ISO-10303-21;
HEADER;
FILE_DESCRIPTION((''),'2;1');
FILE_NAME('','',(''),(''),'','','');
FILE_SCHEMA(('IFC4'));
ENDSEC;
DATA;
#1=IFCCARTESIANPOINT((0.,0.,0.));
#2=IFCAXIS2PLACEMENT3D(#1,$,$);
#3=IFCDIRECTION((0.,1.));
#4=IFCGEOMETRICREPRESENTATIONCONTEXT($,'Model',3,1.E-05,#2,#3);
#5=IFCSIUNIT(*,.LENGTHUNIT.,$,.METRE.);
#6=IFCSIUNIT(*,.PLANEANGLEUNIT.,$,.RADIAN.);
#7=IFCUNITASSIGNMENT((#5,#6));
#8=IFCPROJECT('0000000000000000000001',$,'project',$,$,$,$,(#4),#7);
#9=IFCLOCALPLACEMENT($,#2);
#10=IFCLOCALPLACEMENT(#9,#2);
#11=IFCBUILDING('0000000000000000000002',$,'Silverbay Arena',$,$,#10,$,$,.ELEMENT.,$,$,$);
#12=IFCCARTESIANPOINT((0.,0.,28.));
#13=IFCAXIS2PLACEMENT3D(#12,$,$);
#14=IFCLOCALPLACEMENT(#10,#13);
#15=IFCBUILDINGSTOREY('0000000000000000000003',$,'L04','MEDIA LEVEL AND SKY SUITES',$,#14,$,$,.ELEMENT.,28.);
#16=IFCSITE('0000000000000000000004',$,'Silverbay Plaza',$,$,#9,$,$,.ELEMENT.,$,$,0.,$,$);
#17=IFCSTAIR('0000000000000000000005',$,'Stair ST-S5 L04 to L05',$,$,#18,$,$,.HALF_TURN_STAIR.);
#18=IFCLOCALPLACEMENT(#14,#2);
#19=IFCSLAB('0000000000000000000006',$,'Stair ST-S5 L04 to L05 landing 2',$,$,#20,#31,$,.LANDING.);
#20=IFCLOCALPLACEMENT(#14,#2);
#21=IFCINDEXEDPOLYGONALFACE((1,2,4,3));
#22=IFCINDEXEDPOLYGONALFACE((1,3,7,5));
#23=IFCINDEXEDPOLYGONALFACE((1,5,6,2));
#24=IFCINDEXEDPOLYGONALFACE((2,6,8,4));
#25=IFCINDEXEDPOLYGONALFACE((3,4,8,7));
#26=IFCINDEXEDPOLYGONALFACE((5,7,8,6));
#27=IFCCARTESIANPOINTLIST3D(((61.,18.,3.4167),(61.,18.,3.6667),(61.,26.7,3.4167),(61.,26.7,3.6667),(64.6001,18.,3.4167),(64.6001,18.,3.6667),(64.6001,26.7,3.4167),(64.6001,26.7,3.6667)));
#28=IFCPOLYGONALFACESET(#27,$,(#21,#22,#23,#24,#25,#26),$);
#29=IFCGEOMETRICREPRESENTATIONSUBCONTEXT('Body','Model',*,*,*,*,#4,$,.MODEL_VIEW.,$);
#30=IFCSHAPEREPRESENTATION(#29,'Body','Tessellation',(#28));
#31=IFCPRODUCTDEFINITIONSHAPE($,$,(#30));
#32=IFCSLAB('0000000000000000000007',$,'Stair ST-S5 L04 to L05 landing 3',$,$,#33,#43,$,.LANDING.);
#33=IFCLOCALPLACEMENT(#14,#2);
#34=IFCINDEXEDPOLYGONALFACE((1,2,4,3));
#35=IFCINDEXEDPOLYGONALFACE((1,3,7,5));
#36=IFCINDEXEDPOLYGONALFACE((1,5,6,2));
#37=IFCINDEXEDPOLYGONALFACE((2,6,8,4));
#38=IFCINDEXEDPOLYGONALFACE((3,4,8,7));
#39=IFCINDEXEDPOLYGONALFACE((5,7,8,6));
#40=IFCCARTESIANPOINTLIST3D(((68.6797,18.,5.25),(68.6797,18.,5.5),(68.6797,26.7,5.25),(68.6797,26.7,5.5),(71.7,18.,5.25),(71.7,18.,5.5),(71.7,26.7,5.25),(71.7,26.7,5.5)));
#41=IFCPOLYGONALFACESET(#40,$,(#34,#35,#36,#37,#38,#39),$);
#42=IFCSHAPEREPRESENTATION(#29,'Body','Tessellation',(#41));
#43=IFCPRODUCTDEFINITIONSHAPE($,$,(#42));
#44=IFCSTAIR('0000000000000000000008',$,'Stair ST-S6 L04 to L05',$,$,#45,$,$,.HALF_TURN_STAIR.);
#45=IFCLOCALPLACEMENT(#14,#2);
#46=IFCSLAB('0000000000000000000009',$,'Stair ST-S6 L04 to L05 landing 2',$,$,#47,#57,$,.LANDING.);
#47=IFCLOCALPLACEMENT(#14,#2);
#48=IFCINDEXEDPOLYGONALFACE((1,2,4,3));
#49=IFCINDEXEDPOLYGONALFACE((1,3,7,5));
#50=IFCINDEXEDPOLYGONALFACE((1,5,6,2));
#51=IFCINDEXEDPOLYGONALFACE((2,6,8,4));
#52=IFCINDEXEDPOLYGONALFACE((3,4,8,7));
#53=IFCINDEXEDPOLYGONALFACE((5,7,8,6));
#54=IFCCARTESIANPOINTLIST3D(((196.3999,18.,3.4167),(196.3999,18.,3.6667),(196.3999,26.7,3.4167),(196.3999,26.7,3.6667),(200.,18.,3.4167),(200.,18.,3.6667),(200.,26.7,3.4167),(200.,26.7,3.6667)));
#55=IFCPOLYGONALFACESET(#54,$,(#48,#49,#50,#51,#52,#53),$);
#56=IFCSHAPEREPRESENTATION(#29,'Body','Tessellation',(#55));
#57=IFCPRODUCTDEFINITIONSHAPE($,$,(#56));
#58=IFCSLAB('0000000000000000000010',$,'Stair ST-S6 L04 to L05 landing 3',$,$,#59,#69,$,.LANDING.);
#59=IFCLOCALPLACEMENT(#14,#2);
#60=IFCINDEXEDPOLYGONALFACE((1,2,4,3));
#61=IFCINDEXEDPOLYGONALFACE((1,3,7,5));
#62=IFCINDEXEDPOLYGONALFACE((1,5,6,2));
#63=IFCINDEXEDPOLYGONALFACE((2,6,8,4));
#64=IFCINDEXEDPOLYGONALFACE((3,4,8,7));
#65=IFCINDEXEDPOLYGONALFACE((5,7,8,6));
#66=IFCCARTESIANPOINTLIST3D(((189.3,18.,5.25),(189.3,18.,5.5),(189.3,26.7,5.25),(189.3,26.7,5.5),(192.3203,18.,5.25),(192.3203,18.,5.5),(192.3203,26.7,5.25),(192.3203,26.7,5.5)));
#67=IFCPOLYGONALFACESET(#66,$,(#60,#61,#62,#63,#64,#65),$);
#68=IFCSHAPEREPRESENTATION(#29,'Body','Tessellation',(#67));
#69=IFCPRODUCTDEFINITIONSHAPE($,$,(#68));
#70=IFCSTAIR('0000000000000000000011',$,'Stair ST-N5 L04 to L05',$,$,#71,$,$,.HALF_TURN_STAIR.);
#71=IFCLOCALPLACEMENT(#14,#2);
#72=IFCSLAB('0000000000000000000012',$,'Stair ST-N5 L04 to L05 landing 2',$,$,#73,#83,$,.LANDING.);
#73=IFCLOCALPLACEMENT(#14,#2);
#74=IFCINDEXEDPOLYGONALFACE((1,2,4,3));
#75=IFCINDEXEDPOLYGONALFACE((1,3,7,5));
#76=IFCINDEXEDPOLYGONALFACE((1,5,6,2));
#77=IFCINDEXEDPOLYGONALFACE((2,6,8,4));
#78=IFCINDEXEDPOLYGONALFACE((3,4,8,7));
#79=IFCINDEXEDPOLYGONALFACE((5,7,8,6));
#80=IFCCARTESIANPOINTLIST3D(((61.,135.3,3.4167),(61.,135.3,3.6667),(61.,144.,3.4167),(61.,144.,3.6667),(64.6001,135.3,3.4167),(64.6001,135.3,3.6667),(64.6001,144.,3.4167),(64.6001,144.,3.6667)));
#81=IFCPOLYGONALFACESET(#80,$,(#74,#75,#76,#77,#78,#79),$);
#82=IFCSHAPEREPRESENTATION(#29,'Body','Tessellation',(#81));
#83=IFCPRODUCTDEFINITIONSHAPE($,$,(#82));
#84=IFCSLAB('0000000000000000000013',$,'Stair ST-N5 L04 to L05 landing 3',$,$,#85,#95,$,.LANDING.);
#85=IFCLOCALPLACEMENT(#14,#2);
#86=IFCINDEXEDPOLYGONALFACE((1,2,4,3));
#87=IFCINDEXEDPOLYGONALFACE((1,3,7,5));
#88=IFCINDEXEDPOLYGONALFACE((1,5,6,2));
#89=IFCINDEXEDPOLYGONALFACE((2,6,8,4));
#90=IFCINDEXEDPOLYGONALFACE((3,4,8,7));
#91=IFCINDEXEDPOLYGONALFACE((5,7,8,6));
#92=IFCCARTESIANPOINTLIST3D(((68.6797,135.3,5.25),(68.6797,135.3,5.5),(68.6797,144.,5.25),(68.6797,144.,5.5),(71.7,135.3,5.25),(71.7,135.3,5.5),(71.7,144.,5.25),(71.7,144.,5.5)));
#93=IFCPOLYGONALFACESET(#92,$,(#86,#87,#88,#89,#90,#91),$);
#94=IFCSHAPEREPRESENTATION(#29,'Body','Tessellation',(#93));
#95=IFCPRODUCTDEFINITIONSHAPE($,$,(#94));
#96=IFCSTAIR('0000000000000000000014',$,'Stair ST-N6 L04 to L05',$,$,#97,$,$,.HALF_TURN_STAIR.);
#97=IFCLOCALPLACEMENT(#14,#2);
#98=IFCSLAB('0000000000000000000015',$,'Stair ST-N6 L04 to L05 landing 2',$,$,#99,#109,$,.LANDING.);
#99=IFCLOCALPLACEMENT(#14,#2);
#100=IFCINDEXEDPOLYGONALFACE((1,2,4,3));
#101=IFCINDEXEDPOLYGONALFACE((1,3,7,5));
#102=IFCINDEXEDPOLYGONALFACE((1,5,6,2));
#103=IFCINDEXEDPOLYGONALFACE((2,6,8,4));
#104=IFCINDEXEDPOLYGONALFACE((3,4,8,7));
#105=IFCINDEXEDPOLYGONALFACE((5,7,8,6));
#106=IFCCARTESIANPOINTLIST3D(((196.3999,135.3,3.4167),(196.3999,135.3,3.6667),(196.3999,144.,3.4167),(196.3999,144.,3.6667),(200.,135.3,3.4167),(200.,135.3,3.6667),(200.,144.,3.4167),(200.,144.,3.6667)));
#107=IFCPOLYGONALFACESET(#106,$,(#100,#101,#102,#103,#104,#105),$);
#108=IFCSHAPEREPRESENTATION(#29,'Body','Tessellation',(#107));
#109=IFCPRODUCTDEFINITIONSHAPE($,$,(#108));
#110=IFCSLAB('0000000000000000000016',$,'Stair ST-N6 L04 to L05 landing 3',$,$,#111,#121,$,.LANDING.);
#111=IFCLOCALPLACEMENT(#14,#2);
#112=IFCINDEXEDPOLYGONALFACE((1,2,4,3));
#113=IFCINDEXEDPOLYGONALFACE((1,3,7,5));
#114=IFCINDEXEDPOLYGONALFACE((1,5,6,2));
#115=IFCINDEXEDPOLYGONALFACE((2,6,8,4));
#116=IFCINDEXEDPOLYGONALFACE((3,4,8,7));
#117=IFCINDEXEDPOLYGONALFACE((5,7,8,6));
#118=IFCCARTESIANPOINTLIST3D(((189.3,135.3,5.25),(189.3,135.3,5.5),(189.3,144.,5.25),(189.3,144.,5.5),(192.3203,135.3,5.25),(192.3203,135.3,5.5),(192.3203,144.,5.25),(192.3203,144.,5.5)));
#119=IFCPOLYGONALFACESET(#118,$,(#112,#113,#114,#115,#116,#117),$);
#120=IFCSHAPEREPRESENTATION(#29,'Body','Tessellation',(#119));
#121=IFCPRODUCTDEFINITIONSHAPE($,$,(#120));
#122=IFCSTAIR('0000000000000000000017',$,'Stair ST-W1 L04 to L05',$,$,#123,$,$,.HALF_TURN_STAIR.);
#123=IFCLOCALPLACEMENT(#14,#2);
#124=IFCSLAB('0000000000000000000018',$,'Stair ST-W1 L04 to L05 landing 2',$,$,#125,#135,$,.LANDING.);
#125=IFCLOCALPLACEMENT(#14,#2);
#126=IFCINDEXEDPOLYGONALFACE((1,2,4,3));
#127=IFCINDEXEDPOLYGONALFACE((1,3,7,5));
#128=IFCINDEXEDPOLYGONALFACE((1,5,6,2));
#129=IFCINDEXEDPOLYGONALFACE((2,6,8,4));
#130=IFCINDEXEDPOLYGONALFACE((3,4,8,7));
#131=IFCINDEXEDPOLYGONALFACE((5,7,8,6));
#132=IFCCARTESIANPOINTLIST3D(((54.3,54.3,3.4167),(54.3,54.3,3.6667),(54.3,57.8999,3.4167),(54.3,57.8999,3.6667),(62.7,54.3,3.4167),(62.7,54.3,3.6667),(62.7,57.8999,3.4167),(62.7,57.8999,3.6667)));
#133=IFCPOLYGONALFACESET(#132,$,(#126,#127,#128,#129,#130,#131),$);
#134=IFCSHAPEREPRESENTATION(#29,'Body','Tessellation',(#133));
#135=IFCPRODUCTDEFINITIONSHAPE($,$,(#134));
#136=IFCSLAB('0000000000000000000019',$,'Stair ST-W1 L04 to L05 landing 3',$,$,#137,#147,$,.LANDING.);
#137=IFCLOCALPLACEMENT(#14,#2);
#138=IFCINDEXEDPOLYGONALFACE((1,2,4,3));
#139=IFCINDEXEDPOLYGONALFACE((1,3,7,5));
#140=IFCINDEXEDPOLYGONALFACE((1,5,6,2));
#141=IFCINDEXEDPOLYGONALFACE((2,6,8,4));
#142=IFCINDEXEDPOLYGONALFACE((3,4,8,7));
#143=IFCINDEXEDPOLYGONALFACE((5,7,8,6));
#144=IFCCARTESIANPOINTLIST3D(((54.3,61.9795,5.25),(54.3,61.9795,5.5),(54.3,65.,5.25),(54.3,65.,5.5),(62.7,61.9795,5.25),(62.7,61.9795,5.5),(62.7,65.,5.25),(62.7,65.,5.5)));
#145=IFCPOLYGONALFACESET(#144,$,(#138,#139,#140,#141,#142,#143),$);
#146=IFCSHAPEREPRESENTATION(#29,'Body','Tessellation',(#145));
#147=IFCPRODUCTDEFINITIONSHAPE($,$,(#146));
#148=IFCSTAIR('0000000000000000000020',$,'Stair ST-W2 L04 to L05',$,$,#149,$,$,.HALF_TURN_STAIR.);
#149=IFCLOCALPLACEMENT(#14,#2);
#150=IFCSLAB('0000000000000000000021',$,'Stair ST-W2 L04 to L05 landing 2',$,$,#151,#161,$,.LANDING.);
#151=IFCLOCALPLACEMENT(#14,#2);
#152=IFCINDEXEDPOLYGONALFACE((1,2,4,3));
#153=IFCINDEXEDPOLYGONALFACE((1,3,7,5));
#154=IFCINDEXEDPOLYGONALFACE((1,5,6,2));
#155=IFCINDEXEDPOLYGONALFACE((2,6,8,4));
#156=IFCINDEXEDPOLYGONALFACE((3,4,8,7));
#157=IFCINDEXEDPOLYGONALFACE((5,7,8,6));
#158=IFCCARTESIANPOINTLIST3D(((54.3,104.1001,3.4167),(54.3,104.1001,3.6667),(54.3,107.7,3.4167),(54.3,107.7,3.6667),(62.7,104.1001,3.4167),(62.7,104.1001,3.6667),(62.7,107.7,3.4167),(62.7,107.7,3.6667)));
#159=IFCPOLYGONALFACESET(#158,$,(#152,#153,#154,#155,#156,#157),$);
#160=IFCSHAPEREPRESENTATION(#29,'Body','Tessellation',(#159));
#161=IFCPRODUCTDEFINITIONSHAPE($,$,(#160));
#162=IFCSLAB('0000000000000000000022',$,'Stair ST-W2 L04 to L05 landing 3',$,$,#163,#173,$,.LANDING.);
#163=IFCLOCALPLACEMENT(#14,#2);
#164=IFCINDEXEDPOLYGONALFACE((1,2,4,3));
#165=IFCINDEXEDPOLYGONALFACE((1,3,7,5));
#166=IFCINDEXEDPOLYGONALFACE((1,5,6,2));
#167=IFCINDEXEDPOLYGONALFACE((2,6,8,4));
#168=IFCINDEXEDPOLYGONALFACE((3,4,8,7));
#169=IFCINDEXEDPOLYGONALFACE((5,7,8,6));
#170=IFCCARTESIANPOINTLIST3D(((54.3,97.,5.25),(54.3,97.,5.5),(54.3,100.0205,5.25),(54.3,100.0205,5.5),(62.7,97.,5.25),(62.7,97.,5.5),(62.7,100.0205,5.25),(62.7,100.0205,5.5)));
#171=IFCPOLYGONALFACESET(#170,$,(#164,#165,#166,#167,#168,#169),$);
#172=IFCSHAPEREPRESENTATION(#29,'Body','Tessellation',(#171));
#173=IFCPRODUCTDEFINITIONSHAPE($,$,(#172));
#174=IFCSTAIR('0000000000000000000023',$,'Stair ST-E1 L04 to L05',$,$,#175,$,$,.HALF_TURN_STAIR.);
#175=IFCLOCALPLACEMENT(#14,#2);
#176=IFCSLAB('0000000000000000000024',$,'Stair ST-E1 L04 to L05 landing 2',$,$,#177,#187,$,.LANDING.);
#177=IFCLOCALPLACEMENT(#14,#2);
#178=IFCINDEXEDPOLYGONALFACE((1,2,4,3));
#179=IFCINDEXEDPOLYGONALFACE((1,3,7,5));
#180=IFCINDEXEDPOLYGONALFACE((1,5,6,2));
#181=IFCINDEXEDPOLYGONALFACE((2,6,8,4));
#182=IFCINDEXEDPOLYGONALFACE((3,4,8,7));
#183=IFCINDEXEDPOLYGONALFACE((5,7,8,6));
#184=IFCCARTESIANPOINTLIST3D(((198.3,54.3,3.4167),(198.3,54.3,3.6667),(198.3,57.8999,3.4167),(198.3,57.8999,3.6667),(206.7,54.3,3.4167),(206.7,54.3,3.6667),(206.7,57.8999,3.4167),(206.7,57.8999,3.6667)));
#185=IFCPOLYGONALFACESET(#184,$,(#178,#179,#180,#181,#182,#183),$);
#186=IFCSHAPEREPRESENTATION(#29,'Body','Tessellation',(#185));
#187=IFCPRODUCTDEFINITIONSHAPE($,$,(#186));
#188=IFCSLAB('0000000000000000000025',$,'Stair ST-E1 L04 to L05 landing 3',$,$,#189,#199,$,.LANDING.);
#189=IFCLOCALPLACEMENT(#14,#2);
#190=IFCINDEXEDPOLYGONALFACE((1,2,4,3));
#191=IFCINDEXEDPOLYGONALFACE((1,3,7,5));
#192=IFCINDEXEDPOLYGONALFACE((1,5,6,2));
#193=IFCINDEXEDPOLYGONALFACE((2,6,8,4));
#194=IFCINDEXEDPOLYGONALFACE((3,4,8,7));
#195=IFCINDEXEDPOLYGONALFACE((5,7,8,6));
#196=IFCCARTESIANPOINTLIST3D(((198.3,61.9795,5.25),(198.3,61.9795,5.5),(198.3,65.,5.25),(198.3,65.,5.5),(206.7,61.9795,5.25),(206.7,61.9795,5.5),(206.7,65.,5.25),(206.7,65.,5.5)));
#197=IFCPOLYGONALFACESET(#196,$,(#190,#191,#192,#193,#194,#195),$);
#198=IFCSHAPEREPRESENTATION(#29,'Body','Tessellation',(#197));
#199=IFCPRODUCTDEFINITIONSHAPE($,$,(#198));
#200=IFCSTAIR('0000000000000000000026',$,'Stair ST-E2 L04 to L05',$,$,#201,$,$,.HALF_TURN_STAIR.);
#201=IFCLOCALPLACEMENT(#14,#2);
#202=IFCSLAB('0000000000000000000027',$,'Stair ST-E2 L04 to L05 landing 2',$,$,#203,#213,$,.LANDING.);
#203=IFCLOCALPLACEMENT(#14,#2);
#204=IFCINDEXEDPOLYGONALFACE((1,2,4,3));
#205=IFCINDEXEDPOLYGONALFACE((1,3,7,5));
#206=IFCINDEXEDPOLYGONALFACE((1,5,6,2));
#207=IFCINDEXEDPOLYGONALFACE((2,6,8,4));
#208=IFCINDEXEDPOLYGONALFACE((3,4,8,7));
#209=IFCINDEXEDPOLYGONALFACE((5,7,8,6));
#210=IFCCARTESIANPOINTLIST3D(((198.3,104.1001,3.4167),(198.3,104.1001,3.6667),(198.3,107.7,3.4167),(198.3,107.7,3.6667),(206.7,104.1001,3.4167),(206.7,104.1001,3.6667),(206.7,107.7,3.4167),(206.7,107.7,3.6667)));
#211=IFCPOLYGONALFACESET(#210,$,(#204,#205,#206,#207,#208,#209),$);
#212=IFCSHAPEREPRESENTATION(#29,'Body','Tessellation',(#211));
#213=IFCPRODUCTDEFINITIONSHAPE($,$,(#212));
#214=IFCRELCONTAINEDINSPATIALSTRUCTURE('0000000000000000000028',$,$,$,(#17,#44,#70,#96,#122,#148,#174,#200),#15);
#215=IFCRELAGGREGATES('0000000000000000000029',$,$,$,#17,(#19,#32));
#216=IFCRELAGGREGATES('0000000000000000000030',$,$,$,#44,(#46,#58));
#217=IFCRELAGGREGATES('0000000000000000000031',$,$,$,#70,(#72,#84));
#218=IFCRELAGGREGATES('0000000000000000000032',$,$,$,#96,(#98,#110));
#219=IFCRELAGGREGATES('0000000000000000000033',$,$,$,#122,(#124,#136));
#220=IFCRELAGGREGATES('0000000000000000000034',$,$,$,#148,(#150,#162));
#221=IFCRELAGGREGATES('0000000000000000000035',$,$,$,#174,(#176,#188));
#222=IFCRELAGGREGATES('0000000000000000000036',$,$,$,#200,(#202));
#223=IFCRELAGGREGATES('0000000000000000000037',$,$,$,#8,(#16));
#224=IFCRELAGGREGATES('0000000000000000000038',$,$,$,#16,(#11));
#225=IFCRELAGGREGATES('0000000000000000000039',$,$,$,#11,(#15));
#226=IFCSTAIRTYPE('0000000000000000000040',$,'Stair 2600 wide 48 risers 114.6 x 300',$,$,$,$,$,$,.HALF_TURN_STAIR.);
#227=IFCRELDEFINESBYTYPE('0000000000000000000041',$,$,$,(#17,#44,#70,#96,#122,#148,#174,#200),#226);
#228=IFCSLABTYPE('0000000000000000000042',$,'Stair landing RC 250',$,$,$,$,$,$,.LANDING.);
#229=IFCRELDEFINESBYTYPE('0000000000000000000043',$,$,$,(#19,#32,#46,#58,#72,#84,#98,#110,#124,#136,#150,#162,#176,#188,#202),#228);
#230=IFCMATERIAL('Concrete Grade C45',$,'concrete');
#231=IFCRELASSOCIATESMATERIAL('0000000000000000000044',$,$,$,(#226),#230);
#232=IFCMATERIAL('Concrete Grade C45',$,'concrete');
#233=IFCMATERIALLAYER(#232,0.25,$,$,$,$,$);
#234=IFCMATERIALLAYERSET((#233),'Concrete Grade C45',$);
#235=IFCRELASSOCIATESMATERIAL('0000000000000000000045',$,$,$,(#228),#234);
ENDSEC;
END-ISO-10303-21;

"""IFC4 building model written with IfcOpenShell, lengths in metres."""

from ifc_helpers import new_model, si_unit, direction, frame, origin, place, context, subcontext, project, spatial, polyline, outline, extrude, material, layer, layer_set, type_object, element, aggregate, save


model = new_model("IFC4")

# Units and contexts
model_context = context("Model", 3, precision=1e-05, world=origin(), true_north=direction((0.0, 1.0)))
body_context = subcontext(model_context, "Body", "Model", "MODEL_VIEW")
ifc_project = project(units=[si_unit("LENGTHUNIT", "METRE"), si_unit("PLANEANGLEUNIT", "RADIAN")], contexts=[model_context])

# Site, building, storey
site_placement = place(None, origin())
site = spatial("IfcSite", under=ifc_project, at=site_placement, Name="Silverbay Plaza", CompositionType="ELEMENT", RefElevation=0.0)
building_placement = place(site_placement, origin())
building = spatial("IfcBuilding", under=site, at=building_placement, Name="Silverbay Arena", CompositionType="ELEMENT")
storey_placement = place(building_placement, frame((0.0, 0.0, 28.0)))
storey = spatial("IfcBuildingStorey", under=building, at=storey_placement, Name="L04", Description="MEDIA LEVEL AND SKY SUITES", CompositionType="ELEMENT", Elevation=28.0)

# Shared definitions
ifc_material_1 = material(Name="Concrete Grade C45", Category="concrete")
stair_type = type_object("IfcStairType", Name="Stair 2600 wide 48 risers 114.6 x 300", PredefinedType="HALF_TURN_STAIR", material=ifc_material_1)
ifc_material_2 = material(Name="Concrete Grade C45", Category="concrete")
ifc_layer = layer(ifc_material_2, 0.25)
ifc_layer_set = layer_set([ifc_layer], Name="Concrete Grade C45")
slab_type = type_object("IfcSlabType", Name="Stair landing RC 250", PredefinedType="LANDING", material=ifc_layer_set)

# Stairs, slabs
stair_1_placement = place(storey_placement, origin())
stair_1 = element("IfcStair", 1, at=stair_1_placement, inside=storey, type_object=stair_type, Name="Stair ST-S5 L04 to L05", PredefinedType="HALF_TURN_STAIR")
slab_1_placement = place(storey_placement, frame((0.0, 0.0, 3.4167)))
slab_1 = element("IfcSlab", 2, at=slab_1_placement, type_object=slab_type, Name="Stair ST-S5 L04 to L05 landing 2", PredefinedType="LANDING", context=body_context, shape_type="SweptSolid", body=[
    extrude(outline(polyline([(61.0, 26.7), (64.6001, 26.7), (64.6001, 18.0), (61.0, 18.0), (61.0, 26.7)])), origin(), (0.0, 0.0, 1.0), 0.25),
])
slab_2_placement = place(storey_placement, frame((0.0, 0.0, 5.25)))
slab_2 = element("IfcSlab", 3, at=slab_2_placement, type_object=slab_type, Name="Stair ST-S5 L04 to L05 landing 3", PredefinedType="LANDING", context=body_context, shape_type="SweptSolid", body=[
    extrude(outline(polyline([(68.6797, 26.7), (71.7, 26.7), (71.7, 18.0), (68.6797, 18.0), (68.6797, 26.7)])), origin(), (0.0, 0.0, 1.0), 0.25),
])
aggregate(stair_1, [slab_1, slab_2])
stair_2_placement = place(storey_placement, origin())
stair_2 = element("IfcStair", 4, at=stair_2_placement, inside=storey, type_object=stair_type, Name="Stair ST-S6 L04 to L05", PredefinedType="HALF_TURN_STAIR")
slab_3_placement = place(storey_placement, frame((0.0, 0.0, 3.4167)))
slab_3 = element("IfcSlab", 5, at=slab_3_placement, type_object=slab_type, Name="Stair ST-S6 L04 to L05 landing 2", PredefinedType="LANDING", context=body_context, shape_type="SweptSolid", body=[
    extrude(outline(polyline([(200.0, 26.7), (196.3999, 26.7), (196.3999, 18.0), (200.0, 18.0), (200.0, 26.7)])), origin(), (0.0, 0.0, 1.0), 0.25),
])
slab_4_placement = place(storey_placement, frame((0.0, 0.0, 5.25)))
slab_4 = element("IfcSlab", 6, at=slab_4_placement, type_object=slab_type, Name="Stair ST-S6 L04 to L05 landing 3", PredefinedType="LANDING", context=body_context, shape_type="SweptSolid", body=[
    extrude(outline(polyline([(192.3203, 26.7), (189.3, 26.7), (189.3, 18.0), (192.3203, 18.0), (192.3203, 26.7)])), origin(), (0.0, 0.0, 1.0), 0.25),
])
aggregate(stair_2, [slab_3, slab_4])
stair_3_placement = place(storey_placement, origin())
stair_3 = element("IfcStair", 7, at=stair_3_placement, inside=storey, type_object=stair_type, Name="Stair ST-N5 L04 to L05", PredefinedType="HALF_TURN_STAIR")
slab_5_placement = place(storey_placement, frame((0.0, 0.0, 3.4167)))
slab_5 = element("IfcSlab", 8, at=slab_5_placement, type_object=slab_type, Name="Stair ST-N5 L04 to L05 landing 2", PredefinedType="LANDING", context=body_context, shape_type="SweptSolid", body=[
    extrude(outline(polyline([(61.0, 135.3), (64.6001, 135.3), (64.6001, 144.0), (61.0, 144.0), (61.0, 135.3)])), origin(), (0.0, 0.0, 1.0), 0.25),
])
slab_6_placement = place(storey_placement, frame((0.0, 0.0, 5.25)))
slab_6 = element("IfcSlab", 9, at=slab_6_placement, type_object=slab_type, Name="Stair ST-N5 L04 to L05 landing 3", PredefinedType="LANDING", context=body_context, shape_type="SweptSolid", body=[
    extrude(outline(polyline([(68.6797, 135.3), (71.7, 135.3), (71.7, 144.0), (68.6797, 144.0), (68.6797, 135.3)])), origin(), (0.0, 0.0, 1.0), 0.25),
])
aggregate(stair_3, [slab_5, slab_6])
stair_4_placement = place(storey_placement, origin())
stair_4 = element("IfcStair", 10, at=stair_4_placement, inside=storey, type_object=stair_type, Name="Stair ST-N6 L04 to L05", PredefinedType="HALF_TURN_STAIR")
slab_7_placement = place(storey_placement, frame((0.0, 0.0, 3.4167)))
slab_7 = element("IfcSlab", 11, at=slab_7_placement, type_object=slab_type, Name="Stair ST-N6 L04 to L05 landing 2", PredefinedType="LANDING", context=body_context, shape_type="SweptSolid", body=[
    extrude(outline(polyline([(200.0, 135.3), (196.3999, 135.3), (196.3999, 144.0), (200.0, 144.0), (200.0, 135.3)])), origin(), (0.0, 0.0, 1.0), 0.25),
])
slab_8_placement = place(storey_placement, frame((0.0, 0.0, 5.25)))
slab_8 = element("IfcSlab", 12, at=slab_8_placement, type_object=slab_type, Name="Stair ST-N6 L04 to L05 landing 3", PredefinedType="LANDING", context=body_context, shape_type="SweptSolid", body=[
    extrude(outline(polyline([(192.3203, 135.3), (189.3, 135.3), (189.3, 144.0), (192.3203, 144.0), (192.3203, 135.3)])), origin(), (0.0, 0.0, 1.0), 0.25),
])
aggregate(stair_4, [slab_7, slab_8])
stair_5_placement = place(storey_placement, origin())
stair_5 = element("IfcStair", 13, at=stair_5_placement, inside=storey, type_object=stair_type, Name="Stair ST-W1 L04 to L05", PredefinedType="HALF_TURN_STAIR")
slab_9_placement = place(storey_placement, frame((0.0, 0.0, 3.4167)))
slab_9 = element("IfcSlab", 14, at=slab_9_placement, type_object=slab_type, Name="Stair ST-W1 L04 to L05 landing 2", PredefinedType="LANDING", context=body_context, shape_type="SweptSolid", body=[
    extrude(outline(polyline([(62.7, 54.3), (62.7, 57.8999), (54.3, 57.8999), (54.3, 54.3), (62.7, 54.3)])), origin(), (0.0, 0.0, 1.0), 0.25),
])
slab_10_placement = place(storey_placement, frame((0.0, 0.0, 5.25)))
slab_10 = element("IfcSlab", 15, at=slab_10_placement, type_object=slab_type, Name="Stair ST-W1 L04 to L05 landing 3", PredefinedType="LANDING", context=body_context, shape_type="SweptSolid", body=[
    extrude(outline(polyline([(62.7, 61.9795), (62.7, 65.0), (54.3, 65.0), (54.3, 61.9795), (62.7, 61.9795)])), origin(), (0.0, 0.0, 1.0), 0.25),
])
aggregate(stair_5, [slab_9, slab_10])
stair_6_placement = place(storey_placement, origin())
stair_6 = element("IfcStair", 16, at=stair_6_placement, inside=storey, type_object=stair_type, Name="Stair ST-W2 L04 to L05", PredefinedType="HALF_TURN_STAIR")
slab_11_placement = place(storey_placement, frame((0.0, 0.0, 3.4167)))
slab_11 = element("IfcSlab", 17, at=slab_11_placement, type_object=slab_type, Name="Stair ST-W2 L04 to L05 landing 2", PredefinedType="LANDING", context=body_context, shape_type="SweptSolid", body=[
    extrude(outline(polyline([(62.7, 107.7), (62.7, 104.1001), (54.3, 104.1001), (54.3, 107.7), (62.7, 107.7)])), origin(), (0.0, 0.0, 1.0), 0.25),
])
slab_12_placement = place(storey_placement, frame((0.0, 0.0, 5.25)))
slab_12 = element("IfcSlab", 18, at=slab_12_placement, type_object=slab_type, Name="Stair ST-W2 L04 to L05 landing 3", PredefinedType="LANDING", context=body_context, shape_type="SweptSolid", body=[
    extrude(outline(polyline([(62.7, 100.0205), (62.7, 97.0), (54.3, 97.0), (54.3, 100.0205), (62.7, 100.0205)])), origin(), (0.0, 0.0, 1.0), 0.25),
])
aggregate(stair_6, [slab_11, slab_12])
stair_7_placement = place(storey_placement, origin())
stair_7 = element("IfcStair", 19, at=stair_7_placement, inside=storey, type_object=stair_type, Name="Stair ST-E1 L04 to L05", PredefinedType="HALF_TURN_STAIR")
slab_13_placement = place(storey_placement, frame((0.0, 0.0, 3.4167)))
slab_13 = element("IfcSlab", 20, at=slab_13_placement, type_object=slab_type, Name="Stair ST-E1 L04 to L05 landing 2", PredefinedType="LANDING", context=body_context, shape_type="SweptSolid", body=[
    extrude(outline(polyline([(198.3, 54.3), (198.3, 57.8999), (206.7, 57.8999), (206.7, 54.3), (198.3, 54.3)])), origin(), (0.0, 0.0, 1.0), 0.25),
])
slab_14_placement = place(storey_placement, frame((0.0, 0.0, 5.25)))
slab_14 = element("IfcSlab", 21, at=slab_14_placement, type_object=slab_type, Name="Stair ST-E1 L04 to L05 landing 3", PredefinedType="LANDING", context=body_context, shape_type="SweptSolid", body=[
    extrude(outline(polyline([(198.3, 61.9795), (198.3, 65.0), (206.7, 65.0), (206.7, 61.9795), (198.3, 61.9795)])), origin(), (0.0, 0.0, 1.0), 0.25),
])
aggregate(stair_7, [slab_13, slab_14])
stair_8_placement = place(storey_placement, origin())
stair_8 = element("IfcStair", 22, at=stair_8_placement, inside=storey, type_object=stair_type, Name="Stair ST-E2 L04 to L05", PredefinedType="HALF_TURN_STAIR")
slab_15_placement = place(storey_placement, frame((0.0, 0.0, 3.4167)))
slab_15 = element("IfcSlab", 23, at=slab_15_placement, type_object=slab_type, Name="Stair ST-E2 L04 to L05 landing 2", PredefinedType="LANDING", context=body_context, shape_type="SweptSolid", body=[
    extrude(outline(polyline([(198.3, 107.7), (198.3, 104.1001), (206.7, 104.1001), (206.7, 107.7), (198.3, 107.7)])), origin(), (0.0, 0.0, 1.0), 0.25),
])
aggregate(stair_8, [slab_15])

save(model, "model.ifc")
